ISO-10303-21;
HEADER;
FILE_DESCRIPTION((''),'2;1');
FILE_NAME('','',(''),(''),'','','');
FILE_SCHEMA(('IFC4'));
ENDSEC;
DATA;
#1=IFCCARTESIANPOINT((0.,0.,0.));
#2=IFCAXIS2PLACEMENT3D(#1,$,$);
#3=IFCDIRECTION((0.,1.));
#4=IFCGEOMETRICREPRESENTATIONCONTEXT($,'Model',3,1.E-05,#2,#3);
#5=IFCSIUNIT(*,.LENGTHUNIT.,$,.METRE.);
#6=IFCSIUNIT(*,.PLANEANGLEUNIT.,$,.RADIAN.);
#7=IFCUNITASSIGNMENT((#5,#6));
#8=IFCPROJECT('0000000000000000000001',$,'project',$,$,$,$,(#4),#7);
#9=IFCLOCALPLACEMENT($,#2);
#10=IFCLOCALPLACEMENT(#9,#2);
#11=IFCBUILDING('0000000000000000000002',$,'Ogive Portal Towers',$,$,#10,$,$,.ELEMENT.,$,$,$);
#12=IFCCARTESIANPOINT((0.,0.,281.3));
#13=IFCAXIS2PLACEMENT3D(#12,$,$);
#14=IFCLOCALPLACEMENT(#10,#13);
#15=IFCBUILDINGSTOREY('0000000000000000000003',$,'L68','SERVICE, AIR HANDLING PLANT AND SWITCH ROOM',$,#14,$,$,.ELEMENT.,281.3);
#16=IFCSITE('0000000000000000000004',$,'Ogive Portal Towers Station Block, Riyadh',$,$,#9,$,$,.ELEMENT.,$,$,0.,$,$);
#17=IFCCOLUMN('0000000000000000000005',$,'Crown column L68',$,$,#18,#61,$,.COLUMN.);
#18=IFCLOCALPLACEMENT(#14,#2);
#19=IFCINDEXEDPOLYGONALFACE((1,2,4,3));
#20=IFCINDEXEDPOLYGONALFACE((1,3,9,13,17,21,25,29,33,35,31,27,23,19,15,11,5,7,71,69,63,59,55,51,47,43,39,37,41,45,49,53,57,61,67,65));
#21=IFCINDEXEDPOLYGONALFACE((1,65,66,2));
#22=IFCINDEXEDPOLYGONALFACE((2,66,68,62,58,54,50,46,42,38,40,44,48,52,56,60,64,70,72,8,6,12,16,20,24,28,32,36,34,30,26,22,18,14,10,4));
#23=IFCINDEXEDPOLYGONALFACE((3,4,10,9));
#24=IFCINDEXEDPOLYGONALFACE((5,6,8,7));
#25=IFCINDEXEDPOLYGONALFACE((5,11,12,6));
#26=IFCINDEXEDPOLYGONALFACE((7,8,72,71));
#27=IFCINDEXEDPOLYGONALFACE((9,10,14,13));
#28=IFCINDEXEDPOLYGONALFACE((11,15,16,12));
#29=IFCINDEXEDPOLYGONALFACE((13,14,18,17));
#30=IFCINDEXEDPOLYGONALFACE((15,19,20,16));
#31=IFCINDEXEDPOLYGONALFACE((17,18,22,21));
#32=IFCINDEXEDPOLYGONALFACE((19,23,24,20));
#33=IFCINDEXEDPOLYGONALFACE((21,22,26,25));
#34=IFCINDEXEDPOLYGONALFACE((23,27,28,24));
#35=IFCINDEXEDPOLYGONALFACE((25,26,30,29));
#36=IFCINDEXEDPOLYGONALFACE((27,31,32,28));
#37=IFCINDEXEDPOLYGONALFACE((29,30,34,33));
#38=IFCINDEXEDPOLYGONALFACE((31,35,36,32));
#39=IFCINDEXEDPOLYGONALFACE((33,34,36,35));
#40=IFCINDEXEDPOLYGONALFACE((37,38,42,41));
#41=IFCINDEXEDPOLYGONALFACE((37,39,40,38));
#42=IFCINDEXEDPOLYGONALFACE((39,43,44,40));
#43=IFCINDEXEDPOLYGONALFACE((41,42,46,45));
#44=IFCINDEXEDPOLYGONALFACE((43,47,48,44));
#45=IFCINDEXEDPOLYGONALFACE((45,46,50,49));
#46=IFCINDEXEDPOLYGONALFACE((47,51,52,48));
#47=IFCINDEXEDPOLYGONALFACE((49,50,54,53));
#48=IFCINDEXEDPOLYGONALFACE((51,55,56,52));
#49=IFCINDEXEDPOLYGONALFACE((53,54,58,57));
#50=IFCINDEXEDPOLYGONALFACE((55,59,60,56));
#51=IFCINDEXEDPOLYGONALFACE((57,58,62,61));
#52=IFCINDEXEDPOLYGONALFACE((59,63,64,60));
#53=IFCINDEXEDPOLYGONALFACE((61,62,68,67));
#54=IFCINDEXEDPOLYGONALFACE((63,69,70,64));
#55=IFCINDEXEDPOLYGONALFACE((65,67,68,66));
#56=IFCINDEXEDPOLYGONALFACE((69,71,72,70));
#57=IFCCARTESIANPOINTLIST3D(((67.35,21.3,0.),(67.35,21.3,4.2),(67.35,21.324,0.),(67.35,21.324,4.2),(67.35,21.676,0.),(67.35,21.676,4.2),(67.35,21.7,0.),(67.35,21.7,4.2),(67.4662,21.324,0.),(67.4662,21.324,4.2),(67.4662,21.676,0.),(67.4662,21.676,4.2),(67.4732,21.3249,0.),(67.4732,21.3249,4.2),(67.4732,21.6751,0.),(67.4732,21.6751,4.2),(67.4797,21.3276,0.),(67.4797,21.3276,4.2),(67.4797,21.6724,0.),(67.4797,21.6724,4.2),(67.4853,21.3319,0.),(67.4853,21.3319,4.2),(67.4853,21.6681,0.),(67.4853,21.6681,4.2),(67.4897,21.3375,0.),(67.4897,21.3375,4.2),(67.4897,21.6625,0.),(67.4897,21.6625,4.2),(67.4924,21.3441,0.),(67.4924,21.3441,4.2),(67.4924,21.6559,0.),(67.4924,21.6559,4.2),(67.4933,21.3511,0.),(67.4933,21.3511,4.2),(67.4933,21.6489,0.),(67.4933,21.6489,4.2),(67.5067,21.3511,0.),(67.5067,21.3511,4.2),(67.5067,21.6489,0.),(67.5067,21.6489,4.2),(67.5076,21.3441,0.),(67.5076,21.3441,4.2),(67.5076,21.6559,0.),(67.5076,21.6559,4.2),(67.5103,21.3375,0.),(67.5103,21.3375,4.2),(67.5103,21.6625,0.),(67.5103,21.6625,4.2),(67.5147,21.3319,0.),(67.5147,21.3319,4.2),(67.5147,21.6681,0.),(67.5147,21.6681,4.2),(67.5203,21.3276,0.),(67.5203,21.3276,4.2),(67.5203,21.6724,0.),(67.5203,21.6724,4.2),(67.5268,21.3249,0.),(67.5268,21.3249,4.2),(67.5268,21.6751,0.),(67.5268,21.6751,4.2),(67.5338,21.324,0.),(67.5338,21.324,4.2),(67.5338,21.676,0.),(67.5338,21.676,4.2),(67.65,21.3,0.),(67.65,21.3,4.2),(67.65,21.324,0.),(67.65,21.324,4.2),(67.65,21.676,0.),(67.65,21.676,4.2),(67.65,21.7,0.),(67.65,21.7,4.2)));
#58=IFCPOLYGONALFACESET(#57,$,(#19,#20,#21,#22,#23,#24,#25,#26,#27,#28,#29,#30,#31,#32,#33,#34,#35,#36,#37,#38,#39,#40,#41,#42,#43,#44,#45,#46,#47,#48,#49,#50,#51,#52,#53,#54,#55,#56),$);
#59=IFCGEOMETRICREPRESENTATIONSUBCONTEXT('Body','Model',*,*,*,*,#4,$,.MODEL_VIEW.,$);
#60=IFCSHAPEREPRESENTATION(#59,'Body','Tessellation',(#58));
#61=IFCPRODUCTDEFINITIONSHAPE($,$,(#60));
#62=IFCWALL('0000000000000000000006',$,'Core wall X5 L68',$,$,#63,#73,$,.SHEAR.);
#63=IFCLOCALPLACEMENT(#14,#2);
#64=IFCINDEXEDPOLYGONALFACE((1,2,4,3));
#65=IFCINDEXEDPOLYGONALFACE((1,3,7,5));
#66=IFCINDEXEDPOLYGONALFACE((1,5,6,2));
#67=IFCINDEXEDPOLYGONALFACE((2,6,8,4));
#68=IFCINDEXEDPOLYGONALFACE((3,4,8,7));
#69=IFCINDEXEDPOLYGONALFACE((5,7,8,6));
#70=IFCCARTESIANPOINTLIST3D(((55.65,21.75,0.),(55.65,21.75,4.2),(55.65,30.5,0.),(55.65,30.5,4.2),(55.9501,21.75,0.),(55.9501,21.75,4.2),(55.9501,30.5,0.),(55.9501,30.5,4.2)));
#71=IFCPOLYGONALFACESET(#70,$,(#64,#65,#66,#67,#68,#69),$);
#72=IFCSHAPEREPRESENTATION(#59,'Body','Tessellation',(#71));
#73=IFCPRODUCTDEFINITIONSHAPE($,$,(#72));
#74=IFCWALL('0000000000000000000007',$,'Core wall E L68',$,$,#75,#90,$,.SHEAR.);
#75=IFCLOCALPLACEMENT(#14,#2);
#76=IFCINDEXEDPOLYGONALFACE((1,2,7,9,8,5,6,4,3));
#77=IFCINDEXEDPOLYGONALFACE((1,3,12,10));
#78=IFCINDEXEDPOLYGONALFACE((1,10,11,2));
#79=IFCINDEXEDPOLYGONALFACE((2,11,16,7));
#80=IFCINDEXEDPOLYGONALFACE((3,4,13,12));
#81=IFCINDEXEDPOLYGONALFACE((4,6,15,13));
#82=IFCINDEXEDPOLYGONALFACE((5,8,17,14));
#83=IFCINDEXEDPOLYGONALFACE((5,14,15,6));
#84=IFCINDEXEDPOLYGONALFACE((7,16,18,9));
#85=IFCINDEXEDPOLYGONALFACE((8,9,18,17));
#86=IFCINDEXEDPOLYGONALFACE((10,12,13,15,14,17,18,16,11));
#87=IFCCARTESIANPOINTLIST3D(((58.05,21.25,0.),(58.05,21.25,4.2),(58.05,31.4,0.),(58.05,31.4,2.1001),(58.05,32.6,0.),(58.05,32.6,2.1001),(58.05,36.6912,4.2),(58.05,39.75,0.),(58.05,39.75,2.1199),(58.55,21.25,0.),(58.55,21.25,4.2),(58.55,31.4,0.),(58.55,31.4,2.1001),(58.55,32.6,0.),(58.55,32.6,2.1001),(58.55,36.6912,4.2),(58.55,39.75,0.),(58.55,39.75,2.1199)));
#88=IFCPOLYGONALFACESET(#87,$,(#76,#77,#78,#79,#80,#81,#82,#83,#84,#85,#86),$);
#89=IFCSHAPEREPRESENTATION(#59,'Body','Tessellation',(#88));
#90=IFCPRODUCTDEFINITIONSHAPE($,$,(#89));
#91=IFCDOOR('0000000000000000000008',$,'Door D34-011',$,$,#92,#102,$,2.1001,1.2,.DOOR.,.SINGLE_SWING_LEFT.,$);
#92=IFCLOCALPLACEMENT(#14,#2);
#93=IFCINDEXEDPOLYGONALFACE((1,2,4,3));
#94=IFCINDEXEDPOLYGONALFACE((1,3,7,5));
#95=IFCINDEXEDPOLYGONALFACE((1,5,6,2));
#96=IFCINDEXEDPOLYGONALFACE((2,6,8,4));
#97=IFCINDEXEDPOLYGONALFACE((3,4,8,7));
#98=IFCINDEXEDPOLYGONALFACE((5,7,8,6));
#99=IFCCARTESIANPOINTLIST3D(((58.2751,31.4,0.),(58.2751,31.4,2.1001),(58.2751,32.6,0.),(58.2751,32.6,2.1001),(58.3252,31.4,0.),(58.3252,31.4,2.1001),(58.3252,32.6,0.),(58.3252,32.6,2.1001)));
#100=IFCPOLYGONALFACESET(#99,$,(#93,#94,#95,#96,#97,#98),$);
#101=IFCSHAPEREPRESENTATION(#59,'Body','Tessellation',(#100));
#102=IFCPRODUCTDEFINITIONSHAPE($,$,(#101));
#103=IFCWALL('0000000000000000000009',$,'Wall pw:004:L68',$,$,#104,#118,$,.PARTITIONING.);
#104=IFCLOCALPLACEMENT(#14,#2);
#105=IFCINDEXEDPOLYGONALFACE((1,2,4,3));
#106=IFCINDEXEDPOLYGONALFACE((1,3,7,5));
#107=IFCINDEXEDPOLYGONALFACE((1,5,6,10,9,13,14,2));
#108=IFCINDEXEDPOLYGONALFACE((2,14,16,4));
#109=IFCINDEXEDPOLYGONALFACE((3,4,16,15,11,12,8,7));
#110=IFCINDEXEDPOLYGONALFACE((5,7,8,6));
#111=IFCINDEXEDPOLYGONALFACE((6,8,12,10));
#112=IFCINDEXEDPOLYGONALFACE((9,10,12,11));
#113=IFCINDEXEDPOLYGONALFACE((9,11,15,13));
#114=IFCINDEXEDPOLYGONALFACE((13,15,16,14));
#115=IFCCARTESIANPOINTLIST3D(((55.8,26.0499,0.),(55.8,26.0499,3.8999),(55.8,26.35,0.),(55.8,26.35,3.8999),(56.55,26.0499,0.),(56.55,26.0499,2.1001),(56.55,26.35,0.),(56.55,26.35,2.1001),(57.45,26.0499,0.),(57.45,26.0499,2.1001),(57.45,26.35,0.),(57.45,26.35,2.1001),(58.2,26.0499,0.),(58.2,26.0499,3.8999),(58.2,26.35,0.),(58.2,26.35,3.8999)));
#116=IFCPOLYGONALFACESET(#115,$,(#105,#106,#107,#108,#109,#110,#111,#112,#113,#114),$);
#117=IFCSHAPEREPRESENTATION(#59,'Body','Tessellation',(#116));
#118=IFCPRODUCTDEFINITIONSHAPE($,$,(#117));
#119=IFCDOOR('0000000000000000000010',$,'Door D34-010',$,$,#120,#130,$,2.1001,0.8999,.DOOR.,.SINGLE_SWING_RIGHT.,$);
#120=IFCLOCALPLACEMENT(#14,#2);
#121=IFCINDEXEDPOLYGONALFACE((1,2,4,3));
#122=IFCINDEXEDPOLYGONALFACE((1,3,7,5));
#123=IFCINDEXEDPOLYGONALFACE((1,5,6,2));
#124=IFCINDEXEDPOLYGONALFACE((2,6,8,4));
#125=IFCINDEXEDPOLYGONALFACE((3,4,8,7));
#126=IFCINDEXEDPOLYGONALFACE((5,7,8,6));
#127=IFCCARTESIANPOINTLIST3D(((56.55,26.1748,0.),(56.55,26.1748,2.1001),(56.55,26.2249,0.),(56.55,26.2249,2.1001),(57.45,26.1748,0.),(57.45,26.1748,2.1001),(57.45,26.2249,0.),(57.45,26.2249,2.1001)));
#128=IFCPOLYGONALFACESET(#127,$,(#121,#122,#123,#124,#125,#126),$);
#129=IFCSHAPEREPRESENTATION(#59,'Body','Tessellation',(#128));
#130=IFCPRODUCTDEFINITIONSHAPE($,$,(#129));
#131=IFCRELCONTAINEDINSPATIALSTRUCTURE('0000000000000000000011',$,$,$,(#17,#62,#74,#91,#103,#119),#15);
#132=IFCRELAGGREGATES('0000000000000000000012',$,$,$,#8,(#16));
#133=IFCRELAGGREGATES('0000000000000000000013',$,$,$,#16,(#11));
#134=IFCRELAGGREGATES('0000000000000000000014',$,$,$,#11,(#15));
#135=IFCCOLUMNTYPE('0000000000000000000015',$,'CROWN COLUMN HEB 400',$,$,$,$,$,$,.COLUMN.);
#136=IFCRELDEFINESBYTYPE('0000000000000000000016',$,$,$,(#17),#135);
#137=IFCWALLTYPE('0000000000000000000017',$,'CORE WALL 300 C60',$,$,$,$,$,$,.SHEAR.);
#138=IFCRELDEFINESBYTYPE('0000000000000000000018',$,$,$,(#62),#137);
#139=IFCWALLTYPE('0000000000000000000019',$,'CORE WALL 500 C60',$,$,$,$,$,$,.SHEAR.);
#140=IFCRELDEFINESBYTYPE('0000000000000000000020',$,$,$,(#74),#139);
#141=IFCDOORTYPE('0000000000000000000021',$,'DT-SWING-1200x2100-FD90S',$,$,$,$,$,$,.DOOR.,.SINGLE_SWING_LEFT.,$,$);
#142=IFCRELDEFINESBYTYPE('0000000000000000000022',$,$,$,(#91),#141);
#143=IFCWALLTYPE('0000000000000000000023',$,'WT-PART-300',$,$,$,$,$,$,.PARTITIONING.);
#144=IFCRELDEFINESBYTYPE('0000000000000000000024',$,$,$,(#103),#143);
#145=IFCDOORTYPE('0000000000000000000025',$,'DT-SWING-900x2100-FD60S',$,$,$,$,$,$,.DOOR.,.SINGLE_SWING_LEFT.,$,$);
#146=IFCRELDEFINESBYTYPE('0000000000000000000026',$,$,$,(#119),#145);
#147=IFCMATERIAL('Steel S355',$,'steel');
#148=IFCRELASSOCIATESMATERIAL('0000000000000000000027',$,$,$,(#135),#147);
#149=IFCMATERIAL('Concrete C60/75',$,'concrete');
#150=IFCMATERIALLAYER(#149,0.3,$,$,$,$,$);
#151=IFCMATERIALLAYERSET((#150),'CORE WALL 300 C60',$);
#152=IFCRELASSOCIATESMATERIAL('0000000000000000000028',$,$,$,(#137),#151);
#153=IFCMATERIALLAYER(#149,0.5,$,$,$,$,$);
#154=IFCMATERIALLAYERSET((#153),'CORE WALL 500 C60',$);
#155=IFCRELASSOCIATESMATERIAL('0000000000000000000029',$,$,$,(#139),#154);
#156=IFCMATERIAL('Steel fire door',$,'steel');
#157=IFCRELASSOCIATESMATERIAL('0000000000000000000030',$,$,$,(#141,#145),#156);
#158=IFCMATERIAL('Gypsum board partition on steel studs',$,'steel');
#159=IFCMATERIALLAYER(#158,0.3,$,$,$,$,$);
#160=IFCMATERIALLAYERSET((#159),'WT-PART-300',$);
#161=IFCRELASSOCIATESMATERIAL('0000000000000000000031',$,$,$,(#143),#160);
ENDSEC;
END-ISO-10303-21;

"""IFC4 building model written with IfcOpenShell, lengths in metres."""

from ifc_helpers import new_model, si_unit, direction, frame, frame_2d, origin, origin_2d, place, context, subcontext, project, spatial, polyline, rectangle, i_section, outline, extrude, material, layer, layer_set, material_profile, profile_set, type_object, element, fill, save


model = new_model("IFC4")

# Units and contexts
model_context = context("Model", 3, precision=1e-05, world=origin(), true_north=direction((0.0, 1.0)))
body_context = subcontext(model_context, "Body", "Model", "MODEL_VIEW")
ifc_project = project(units=[si_unit("LENGTHUNIT", "METRE"), si_unit("PLANEANGLEUNIT", "RADIAN")], contexts=[model_context])

# Site, building, storey
site_placement = place(None, origin())
site = spatial("IfcSite", under=ifc_project, at=site_placement, Name="Ogive Portal Towers Station Block, Riyadh", CompositionType="ELEMENT", RefElevation=0.0)
building_placement = place(site_placement, origin())
building = spatial("IfcBuilding", under=site, at=building_placement, Name="Ogive Portal Towers", CompositionType="ELEMENT")
storey_placement = place(building_placement, frame((0.0, 0.0, 281.3)))
storey = spatial("IfcBuildingStorey", under=building, at=storey_placement, Name="L68", Description="SERVICE, AIR HANDLING PLANT AND SWITCH ROOM", CompositionType="ELEMENT", Elevation=281.3)

# Column
ifc_material_1 = material(Name="Steel S355", Category="steel")
ifc_material_profile = material_profile(ifc_material_1, i_section(OverallWidth=0.3, OverallDepth=0.3999, WebThickness=0.0134, FlangeThickness=0.0239, FilletRadius=0.0271, at=origin_2d()), Name="HEB 400")
ifc_profile_set = profile_set([ifc_material_profile], Name="Steel S355")
column_type = type_object("IfcColumnType", Name="CROWN COLUMN HEB 400", PredefinedType="COLUMN", material=ifc_profile_set)
column_placement = place(storey_placement, frame((67.5, 21.5, 0.0), z_axis=(0.0, 0.0, 1.0), x_axis=(1.0, 0.0, 0.0)))
element("IfcColumn", 1, at=column_placement, inside=storey, type_object=column_type, Name="Crown column L68", PredefinedType="COLUMN", context=body_context, shape_type="SweptSolid", body=[
    extrude(i_section(OverallWidth=0.3, OverallDepth=0.3999, WebThickness=0.0134, FlangeThickness=0.0239, FilletRadius=0.0271, at=origin_2d()), origin(), (0.0, 0.0, 1.0), 4.2),
])

# Wall
ifc_material_2 = material(Name="Concrete C60/75", Category="concrete")
ifc_layer_1 = layer(ifc_material_2, 0.3)
ifc_layer_set_1 = layer_set([ifc_layer_1], Name="CORE WALL 300 C60")
wall_type_1 = type_object("IfcWallType", Name="CORE WALL 300 C60", PredefinedType="SHEAR", material=ifc_layer_set_1)
wall_1_placement = place(storey_placement, frame((55.8, 21.75, 0.0), z_axis=(0.0, 0.0, 1.0), x_axis=(0.0, 1.0, 0.0)))
element("IfcWall", 2, at=wall_1_placement, inside=storey, type_object=wall_type_1, Name="Core wall X5 L68", PredefinedType="SHEAR", context=body_context, shape_type="SweptSolid", body=[
    extrude(rectangle(XDim=8.75, YDim=0.3, at=frame_2d((4.375, 0.0))), origin(), (0.0, 0.0, 1.0), 4.2),
])

# Walls, openings, doors
ifc_layer_2 = layer(ifc_material_2, 0.5)
ifc_layer_set_2 = layer_set([ifc_layer_2], Name="CORE WALL 500 C60")
wall_type_2 = type_object("IfcWallType", Name="CORE WALL 500 C60", PredefinedType="SHEAR", material=ifc_layer_set_2)
wall_2_placement = place(storey_placement, frame((58.3, 21.25, 0.0), z_axis=(0.0, 0.0, 1.0), x_axis=(0.0, 1.0, 0.0)))
wall_2 = element("IfcWall", 3, at=wall_2_placement, inside=storey, type_object=wall_type_2, Name="Core wall E L68", PredefinedType="SHEAR", context=body_context, shape_type="SweptSolid", body=[
    extrude(outline(polyline([(0.0, 0.0), (18.5, 0.0), (18.5, 2.1199), (15.4412, 4.2), (0.0, 4.2), (0.0, 0.0)])), frame((0.0, 0.25, 0.0), z_axis=(0.0, -1.0, 0.0), x_axis=(1.0, 0.0, 0.0)), (0.0, 0.0, 1.0), 0.5),
])
opening_1_placement = place(wall_2_placement, frame((10.1499, 0.0, 0.0)))
opening_1 = element("IfcOpeningElement", 4, at=opening_1_placement, cuts=wall_2, PredefinedType="OPENING", context=body_context, shape_type="SweptSolid", body=[
    extrude(rectangle(XDim=1.2, YDim=2.1001, at=frame_2d((0.6001, 1.05))), frame((0.0, 0.26, 0.0), z_axis=(0.0, -1.0, 0.0), x_axis=(1.0, 0.0, 0.0)), (0.0, 0.0, 1.0), 0.52),
])
ifc_material_3 = material(Name="Steel fire door", Category="steel")
door_type_1 = type_object("IfcDoorType", Name="DT-SWING-1200x2100-FD90S", OperationType="SINGLE_SWING_LEFT", PredefinedType="DOOR", material=ifc_material_3)
door_1_placement = place(opening_1_placement, origin())
door_1 = element("IfcDoor", 5, at=door_1_placement, inside=storey, type_object=door_type_1, Name="Door D34-011", OperationType="SINGLE_SWING_LEFT", OverallHeight=2.1001, OverallWidth=1.2, PredefinedType="DOOR", context=body_context, shape_type="SweptSolid", body=[
    extrude(rectangle(XDim=1.2, YDim=2.1001, at=frame_2d((0.6001, 1.05))), frame((0.0, 0.0249, 0.0), z_axis=(0.0, -1.0, 0.0), x_axis=(1.0, 0.0, 0.0)), (0.0, 0.0, 1.0), 0.05),
])
fill(opening_1, door_1)
ifc_material_4 = material(Name="Gypsum board partition on steel studs", Category="steel")
ifc_layer_3 = layer(ifc_material_4, 0.3)
ifc_layer_set_3 = layer_set([ifc_layer_3], Name="WT-PART-300")
wall_type_3 = type_object("IfcWallType", Name="WT-PART-300", PredefinedType="PARTITIONING", material=ifc_layer_set_3)
wall_3_placement = place(storey_placement, frame((55.8, 26.2, 0.0), z_axis=(0.0, 0.0, 1.0), x_axis=(1.0, 0.0, 0.0)))
wall_3 = element("IfcWall", 6, at=wall_3_placement, inside=storey, type_object=wall_type_3, Name="Wall pw:004:L68", PredefinedType="PARTITIONING", context=body_context, shape_type="SweptSolid", body=[
    extrude(rectangle(XDim=2.3999, YDim=0.3, at=frame_2d((1.2, 0.0))), origin(), (0.0, 0.0, 1.0), 3.8999),
])
opening_2_placement = place(wall_3_placement, frame((0.75, 0.0, 0.0)))
opening_2 = element("IfcOpeningElement", 7, at=opening_2_placement, cuts=wall_3, PredefinedType="OPENING", context=body_context, shape_type="SweptSolid", body=[
    extrude(rectangle(XDim=0.8999, YDim=2.1001, at=frame_2d((0.45, 1.05))), frame((0.0, 0.1602, 0.0), z_axis=(0.0, -1.0, 0.0), x_axis=(1.0, 0.0, 0.0)), (0.0, 0.0, 1.0), 0.3201),
])
door_type_2 = type_object("IfcDoorType", Name="DT-SWING-900x2100-FD60S", OperationType="SINGLE_SWING_LEFT", PredefinedType="DOOR", material=ifc_material_3)
door_2_placement = place(opening_2_placement, origin())
door_2 = element("IfcDoor", 8, at=door_2_placement, inside=storey, type_object=door_type_2, Name="Door D34-010", OperationType="SINGLE_SWING_RIGHT", OverallHeight=2.1001, OverallWidth=0.8999, PredefinedType="DOOR", context=body_context, shape_type="SweptSolid", body=[
    extrude(rectangle(XDim=0.8999, YDim=2.1001, at=frame_2d((0.45, 1.05))), frame((0.0, 0.0249, 0.0), z_axis=(0.0, -1.0, 0.0), x_axis=(1.0, 0.0, 0.0)), (0.0, 0.0, 1.0), 0.05),
])
fill(opening_2, door_2)

save(model, "model.ifc")
